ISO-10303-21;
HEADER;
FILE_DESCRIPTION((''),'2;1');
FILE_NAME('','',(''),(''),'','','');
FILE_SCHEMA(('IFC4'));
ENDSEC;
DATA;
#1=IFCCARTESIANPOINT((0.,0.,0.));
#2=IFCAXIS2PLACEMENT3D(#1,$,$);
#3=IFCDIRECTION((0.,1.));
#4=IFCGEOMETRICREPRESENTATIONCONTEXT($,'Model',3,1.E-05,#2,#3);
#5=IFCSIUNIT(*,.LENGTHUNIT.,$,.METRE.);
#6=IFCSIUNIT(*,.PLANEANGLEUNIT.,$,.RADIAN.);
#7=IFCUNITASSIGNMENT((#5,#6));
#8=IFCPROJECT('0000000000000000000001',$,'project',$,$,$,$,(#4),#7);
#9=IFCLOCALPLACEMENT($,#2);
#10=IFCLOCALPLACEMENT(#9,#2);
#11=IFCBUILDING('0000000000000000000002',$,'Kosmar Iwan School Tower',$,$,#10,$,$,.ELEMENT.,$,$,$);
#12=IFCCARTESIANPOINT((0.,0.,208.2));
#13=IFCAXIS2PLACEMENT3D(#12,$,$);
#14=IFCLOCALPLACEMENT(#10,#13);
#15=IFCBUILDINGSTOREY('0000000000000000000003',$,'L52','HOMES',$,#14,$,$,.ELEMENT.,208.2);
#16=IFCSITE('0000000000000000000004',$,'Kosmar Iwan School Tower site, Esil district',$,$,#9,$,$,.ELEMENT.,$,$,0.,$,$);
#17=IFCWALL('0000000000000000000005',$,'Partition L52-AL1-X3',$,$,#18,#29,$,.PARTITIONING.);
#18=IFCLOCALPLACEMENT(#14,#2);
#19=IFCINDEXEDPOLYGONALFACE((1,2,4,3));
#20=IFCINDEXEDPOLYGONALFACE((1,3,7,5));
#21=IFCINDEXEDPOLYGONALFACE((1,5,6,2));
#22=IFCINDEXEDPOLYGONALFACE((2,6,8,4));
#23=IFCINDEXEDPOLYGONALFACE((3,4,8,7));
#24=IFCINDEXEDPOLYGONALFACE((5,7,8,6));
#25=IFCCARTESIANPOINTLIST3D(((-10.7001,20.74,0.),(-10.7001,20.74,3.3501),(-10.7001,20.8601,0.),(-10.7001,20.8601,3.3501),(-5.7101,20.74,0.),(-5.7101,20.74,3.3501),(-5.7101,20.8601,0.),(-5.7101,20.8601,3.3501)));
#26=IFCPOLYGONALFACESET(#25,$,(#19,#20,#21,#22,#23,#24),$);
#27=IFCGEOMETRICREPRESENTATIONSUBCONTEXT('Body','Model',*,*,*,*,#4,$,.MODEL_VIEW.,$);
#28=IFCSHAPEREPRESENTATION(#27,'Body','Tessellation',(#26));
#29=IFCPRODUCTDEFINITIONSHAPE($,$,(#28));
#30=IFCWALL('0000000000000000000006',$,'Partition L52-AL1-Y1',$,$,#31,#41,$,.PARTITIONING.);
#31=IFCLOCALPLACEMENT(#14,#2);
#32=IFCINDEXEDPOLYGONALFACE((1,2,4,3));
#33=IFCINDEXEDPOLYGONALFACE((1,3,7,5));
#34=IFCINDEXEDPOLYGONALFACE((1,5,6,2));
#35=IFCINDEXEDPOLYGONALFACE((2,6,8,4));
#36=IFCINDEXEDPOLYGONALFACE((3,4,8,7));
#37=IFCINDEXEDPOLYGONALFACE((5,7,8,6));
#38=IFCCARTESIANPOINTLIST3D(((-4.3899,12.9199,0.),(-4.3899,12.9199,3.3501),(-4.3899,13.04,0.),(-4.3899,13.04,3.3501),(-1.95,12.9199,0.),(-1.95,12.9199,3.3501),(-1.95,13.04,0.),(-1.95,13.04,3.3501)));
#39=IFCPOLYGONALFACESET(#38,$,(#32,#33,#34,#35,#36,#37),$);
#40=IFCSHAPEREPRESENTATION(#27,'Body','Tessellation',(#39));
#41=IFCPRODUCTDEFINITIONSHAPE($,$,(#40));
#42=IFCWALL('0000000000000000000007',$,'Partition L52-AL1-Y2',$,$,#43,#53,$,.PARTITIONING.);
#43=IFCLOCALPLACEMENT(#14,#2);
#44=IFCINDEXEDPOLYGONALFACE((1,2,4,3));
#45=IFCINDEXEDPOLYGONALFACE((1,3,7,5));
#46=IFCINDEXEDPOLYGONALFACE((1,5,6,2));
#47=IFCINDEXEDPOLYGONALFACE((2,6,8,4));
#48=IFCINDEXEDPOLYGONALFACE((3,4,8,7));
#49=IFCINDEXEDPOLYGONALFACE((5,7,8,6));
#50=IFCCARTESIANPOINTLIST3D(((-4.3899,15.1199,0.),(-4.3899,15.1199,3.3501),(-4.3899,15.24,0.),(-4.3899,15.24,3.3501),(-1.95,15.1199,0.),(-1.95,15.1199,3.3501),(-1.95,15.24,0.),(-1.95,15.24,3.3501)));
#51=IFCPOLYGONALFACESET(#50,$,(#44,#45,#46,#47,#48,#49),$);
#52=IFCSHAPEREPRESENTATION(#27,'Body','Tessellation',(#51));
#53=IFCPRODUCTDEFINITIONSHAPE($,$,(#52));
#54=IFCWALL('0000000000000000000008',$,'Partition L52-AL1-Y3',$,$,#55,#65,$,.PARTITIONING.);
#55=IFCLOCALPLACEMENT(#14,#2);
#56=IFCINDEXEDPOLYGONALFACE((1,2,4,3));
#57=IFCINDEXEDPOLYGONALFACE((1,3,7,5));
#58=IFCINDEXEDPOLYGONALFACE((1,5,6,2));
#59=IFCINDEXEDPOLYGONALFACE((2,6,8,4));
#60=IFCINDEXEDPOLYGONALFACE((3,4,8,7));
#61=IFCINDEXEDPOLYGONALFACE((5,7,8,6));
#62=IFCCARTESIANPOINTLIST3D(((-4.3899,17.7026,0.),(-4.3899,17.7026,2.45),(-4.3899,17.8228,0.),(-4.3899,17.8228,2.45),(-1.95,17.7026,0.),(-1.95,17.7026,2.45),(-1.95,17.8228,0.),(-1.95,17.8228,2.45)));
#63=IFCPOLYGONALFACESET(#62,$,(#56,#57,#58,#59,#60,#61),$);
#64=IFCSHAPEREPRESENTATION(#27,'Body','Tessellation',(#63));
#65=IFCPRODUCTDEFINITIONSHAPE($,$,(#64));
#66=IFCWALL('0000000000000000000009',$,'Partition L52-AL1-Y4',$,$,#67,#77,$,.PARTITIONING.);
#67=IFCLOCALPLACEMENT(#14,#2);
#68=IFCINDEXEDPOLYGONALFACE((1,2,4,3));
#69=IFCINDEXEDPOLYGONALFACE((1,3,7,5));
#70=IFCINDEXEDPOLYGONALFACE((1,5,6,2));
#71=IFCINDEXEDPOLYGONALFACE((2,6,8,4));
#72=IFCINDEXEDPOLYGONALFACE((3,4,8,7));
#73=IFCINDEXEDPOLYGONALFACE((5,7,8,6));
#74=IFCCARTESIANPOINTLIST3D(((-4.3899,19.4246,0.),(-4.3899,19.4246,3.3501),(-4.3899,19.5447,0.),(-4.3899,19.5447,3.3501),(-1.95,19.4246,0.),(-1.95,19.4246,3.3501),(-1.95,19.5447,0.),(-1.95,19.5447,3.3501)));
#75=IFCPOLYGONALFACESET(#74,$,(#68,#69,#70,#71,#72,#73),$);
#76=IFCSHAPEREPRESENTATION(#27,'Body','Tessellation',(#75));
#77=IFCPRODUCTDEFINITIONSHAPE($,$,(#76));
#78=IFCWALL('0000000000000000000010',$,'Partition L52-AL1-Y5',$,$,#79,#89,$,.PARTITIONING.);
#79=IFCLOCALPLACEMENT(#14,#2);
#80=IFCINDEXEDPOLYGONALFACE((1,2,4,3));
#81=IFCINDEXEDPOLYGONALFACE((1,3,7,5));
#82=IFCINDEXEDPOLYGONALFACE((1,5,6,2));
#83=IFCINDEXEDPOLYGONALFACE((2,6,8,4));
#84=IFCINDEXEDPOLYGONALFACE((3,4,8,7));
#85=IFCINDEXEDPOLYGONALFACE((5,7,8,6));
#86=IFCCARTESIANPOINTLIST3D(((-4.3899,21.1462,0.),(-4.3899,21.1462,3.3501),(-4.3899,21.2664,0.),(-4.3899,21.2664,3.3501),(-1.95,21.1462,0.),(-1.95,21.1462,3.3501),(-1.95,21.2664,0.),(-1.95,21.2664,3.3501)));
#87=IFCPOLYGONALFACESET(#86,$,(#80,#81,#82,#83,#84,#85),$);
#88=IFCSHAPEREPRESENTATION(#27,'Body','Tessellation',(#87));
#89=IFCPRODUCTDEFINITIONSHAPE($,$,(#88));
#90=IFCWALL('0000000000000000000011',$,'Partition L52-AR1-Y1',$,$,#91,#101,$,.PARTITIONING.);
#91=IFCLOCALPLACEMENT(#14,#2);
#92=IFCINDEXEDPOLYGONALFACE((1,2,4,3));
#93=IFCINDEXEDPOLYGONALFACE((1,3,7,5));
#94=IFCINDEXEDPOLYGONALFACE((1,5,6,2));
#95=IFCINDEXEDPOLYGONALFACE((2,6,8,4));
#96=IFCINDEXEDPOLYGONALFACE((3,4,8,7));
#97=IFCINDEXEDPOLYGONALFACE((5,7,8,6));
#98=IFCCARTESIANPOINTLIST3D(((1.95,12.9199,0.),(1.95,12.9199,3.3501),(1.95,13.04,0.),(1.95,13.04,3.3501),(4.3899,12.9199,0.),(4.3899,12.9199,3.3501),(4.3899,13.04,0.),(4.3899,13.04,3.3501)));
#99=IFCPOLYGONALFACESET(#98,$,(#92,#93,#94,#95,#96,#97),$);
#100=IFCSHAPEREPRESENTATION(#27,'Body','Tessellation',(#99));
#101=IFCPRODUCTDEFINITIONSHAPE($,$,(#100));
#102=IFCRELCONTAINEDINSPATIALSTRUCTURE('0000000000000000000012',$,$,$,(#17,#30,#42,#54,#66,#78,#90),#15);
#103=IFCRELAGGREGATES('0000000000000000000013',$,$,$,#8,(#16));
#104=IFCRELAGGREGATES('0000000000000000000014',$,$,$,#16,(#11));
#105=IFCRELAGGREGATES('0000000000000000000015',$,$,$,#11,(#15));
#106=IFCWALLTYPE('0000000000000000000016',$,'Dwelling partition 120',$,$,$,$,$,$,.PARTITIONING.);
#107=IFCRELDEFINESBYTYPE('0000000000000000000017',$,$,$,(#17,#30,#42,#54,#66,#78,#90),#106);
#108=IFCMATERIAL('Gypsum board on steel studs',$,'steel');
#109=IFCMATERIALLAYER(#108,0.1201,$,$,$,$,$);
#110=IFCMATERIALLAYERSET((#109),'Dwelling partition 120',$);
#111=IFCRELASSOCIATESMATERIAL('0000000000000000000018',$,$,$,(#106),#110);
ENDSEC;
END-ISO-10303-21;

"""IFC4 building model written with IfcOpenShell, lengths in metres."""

from ifc_helpers import new_model, si_unit, direction, frame, frame_2d, origin, place, context, subcontext, project, spatial, rectangle, extrude, material, layer, layer_set, type_object, element, save


model = new_model("IFC4")

# Units and contexts
model_context = context("Model", 3, precision=1e-05, world=origin(), true_north=direction((0.0, 1.0)))
body_context = subcontext(model_context, "Body", "Model", "MODEL_VIEW")
ifc_project = project(units=[si_unit("LENGTHUNIT", "METRE"), si_unit("PLANEANGLEUNIT", "RADIAN")], contexts=[model_context])

# Site, building, storey
site_placement = place(None, origin())
site = spatial("IfcSite", under=ifc_project, at=site_placement, Name="Kosmar Iwan School Tower site, Esil district", CompositionType="ELEMENT", RefElevation=0.0)
building_placement = place(site_placement, origin())
building = spatial("IfcBuilding", under=site, at=building_placement, Name="Kosmar Iwan School Tower", CompositionType="ELEMENT")
storey_placement = place(building_placement, frame((0.0, 0.0, 208.2)))
storey = spatial("IfcBuildingStorey", under=building, at=storey_placement, Name="L52", Description="HOMES", CompositionType="ELEMENT", Elevation=208.2)

# Shared definitions
ifc_material_1 = material(Name="Gypsum board on steel studs", Category="steel")
ifc_layer_1 = layer(ifc_material_1, 0.1201)
ifc_layer_set_1 = layer_set([ifc_layer_1], Name="Dwelling partition 120")
wall_type_1 = type_object("IfcWallType", Name="Dwelling partition 120", PredefinedType="PARTITIONING", material=ifc_layer_set_1)

# Walls
wall_1_placement = place(storey_placement, frame((-5.71, 20.8, 0.0), z_axis=(0.0, 0.0, 1.0), x_axis=(-1.0, 0.0, 0.0)))
element("IfcWall", 1, at=wall_1_placement, inside=storey, type_object=wall_type_1, Name="Partition L52-AL1-X3", PredefinedType="PARTITIONING", context=body_context, shape_type="SweptSolid", body=[
    extrude(rectangle(XDim=4.99, YDim=0.1201, at=frame_2d((2.4951, 0.0))), origin(), (0.0, 0.0, 1.0), 3.3501),
])
for number, where, z_axis, x_axis, name in (
    (2, (-1.95, 12.98, 0.0), (0.0, 0.0, 1.0), (-1.0, 0.0, 0.0), "Partition L52-AL1-Y1"),
    (3, (-1.95, 15.1799, 0.0), (0.0, 0.0, 1.0), (-1.0, 0.0, 0.0), "Partition L52-AL1-Y2"),
):
    element("IfcWall", number, at=place(storey_placement, frame(where, z_axis=z_axis, x_axis=x_axis)), inside=storey, type_object=wall_type_1, Name=name, PredefinedType="PARTITIONING", context=body_context, shape_type="SweptSolid", body=[
        extrude(rectangle(XDim=2.4399, YDim=0.1201, at=frame_2d((1.22, 0.0))), origin(), (0.0, 0.0, 1.0), 3.3501),
    ])
wall_2_placement = place(storey_placement, frame((-1.95, 17.7627, 0.0), z_axis=(0.0, 0.0, 1.0), x_axis=(-1.0, 0.0, 0.0)))
element("IfcWall", 4, at=wall_2_placement, inside=storey, type_object=wall_type_1, Name="Partition L52-AL1-Y3", PredefinedType="PARTITIONING", context=body_context, shape_type="SweptSolid", body=[
    extrude(rectangle(XDim=2.4399, YDim=0.1201, at=frame_2d((1.22, 0.0))), origin(), (0.0, 0.0, 1.0), 2.45),
])
for number, where, z_axis, x_axis, name in (
    (5, (-1.95, 19.4846, 0.0), (0.0, 0.0, 1.0), (-1.0, 0.0, 0.0), "Partition L52-AL1-Y4"),
    (6, (-1.95, 21.2063, 0.0), (0.0, 0.0, 1.0), (-1.0, 0.0, 0.0), "Partition L52-AL1-Y5"),
    (7, (1.95, 12.98, 0.0), (0.0, 0.0, 1.0), (1.0, 0.0, 0.0), "Partition L52-AR1-Y1"),
):
    element("IfcWall", number, at=place(storey_placement, frame(where, z_axis=z_axis, x_axis=x_axis)), inside=storey, type_object=wall_type_1, Name=name, PredefinedType="PARTITIONING", context=body_context, shape_type="SweptSolid", body=[
        extrude(rectangle(XDim=2.4399, YDim=0.1201, at=frame_2d((1.22, 0.0))), origin(), (0.0, 0.0, 1.0), 3.3501),
    ])

save(model, "model.ifc")
